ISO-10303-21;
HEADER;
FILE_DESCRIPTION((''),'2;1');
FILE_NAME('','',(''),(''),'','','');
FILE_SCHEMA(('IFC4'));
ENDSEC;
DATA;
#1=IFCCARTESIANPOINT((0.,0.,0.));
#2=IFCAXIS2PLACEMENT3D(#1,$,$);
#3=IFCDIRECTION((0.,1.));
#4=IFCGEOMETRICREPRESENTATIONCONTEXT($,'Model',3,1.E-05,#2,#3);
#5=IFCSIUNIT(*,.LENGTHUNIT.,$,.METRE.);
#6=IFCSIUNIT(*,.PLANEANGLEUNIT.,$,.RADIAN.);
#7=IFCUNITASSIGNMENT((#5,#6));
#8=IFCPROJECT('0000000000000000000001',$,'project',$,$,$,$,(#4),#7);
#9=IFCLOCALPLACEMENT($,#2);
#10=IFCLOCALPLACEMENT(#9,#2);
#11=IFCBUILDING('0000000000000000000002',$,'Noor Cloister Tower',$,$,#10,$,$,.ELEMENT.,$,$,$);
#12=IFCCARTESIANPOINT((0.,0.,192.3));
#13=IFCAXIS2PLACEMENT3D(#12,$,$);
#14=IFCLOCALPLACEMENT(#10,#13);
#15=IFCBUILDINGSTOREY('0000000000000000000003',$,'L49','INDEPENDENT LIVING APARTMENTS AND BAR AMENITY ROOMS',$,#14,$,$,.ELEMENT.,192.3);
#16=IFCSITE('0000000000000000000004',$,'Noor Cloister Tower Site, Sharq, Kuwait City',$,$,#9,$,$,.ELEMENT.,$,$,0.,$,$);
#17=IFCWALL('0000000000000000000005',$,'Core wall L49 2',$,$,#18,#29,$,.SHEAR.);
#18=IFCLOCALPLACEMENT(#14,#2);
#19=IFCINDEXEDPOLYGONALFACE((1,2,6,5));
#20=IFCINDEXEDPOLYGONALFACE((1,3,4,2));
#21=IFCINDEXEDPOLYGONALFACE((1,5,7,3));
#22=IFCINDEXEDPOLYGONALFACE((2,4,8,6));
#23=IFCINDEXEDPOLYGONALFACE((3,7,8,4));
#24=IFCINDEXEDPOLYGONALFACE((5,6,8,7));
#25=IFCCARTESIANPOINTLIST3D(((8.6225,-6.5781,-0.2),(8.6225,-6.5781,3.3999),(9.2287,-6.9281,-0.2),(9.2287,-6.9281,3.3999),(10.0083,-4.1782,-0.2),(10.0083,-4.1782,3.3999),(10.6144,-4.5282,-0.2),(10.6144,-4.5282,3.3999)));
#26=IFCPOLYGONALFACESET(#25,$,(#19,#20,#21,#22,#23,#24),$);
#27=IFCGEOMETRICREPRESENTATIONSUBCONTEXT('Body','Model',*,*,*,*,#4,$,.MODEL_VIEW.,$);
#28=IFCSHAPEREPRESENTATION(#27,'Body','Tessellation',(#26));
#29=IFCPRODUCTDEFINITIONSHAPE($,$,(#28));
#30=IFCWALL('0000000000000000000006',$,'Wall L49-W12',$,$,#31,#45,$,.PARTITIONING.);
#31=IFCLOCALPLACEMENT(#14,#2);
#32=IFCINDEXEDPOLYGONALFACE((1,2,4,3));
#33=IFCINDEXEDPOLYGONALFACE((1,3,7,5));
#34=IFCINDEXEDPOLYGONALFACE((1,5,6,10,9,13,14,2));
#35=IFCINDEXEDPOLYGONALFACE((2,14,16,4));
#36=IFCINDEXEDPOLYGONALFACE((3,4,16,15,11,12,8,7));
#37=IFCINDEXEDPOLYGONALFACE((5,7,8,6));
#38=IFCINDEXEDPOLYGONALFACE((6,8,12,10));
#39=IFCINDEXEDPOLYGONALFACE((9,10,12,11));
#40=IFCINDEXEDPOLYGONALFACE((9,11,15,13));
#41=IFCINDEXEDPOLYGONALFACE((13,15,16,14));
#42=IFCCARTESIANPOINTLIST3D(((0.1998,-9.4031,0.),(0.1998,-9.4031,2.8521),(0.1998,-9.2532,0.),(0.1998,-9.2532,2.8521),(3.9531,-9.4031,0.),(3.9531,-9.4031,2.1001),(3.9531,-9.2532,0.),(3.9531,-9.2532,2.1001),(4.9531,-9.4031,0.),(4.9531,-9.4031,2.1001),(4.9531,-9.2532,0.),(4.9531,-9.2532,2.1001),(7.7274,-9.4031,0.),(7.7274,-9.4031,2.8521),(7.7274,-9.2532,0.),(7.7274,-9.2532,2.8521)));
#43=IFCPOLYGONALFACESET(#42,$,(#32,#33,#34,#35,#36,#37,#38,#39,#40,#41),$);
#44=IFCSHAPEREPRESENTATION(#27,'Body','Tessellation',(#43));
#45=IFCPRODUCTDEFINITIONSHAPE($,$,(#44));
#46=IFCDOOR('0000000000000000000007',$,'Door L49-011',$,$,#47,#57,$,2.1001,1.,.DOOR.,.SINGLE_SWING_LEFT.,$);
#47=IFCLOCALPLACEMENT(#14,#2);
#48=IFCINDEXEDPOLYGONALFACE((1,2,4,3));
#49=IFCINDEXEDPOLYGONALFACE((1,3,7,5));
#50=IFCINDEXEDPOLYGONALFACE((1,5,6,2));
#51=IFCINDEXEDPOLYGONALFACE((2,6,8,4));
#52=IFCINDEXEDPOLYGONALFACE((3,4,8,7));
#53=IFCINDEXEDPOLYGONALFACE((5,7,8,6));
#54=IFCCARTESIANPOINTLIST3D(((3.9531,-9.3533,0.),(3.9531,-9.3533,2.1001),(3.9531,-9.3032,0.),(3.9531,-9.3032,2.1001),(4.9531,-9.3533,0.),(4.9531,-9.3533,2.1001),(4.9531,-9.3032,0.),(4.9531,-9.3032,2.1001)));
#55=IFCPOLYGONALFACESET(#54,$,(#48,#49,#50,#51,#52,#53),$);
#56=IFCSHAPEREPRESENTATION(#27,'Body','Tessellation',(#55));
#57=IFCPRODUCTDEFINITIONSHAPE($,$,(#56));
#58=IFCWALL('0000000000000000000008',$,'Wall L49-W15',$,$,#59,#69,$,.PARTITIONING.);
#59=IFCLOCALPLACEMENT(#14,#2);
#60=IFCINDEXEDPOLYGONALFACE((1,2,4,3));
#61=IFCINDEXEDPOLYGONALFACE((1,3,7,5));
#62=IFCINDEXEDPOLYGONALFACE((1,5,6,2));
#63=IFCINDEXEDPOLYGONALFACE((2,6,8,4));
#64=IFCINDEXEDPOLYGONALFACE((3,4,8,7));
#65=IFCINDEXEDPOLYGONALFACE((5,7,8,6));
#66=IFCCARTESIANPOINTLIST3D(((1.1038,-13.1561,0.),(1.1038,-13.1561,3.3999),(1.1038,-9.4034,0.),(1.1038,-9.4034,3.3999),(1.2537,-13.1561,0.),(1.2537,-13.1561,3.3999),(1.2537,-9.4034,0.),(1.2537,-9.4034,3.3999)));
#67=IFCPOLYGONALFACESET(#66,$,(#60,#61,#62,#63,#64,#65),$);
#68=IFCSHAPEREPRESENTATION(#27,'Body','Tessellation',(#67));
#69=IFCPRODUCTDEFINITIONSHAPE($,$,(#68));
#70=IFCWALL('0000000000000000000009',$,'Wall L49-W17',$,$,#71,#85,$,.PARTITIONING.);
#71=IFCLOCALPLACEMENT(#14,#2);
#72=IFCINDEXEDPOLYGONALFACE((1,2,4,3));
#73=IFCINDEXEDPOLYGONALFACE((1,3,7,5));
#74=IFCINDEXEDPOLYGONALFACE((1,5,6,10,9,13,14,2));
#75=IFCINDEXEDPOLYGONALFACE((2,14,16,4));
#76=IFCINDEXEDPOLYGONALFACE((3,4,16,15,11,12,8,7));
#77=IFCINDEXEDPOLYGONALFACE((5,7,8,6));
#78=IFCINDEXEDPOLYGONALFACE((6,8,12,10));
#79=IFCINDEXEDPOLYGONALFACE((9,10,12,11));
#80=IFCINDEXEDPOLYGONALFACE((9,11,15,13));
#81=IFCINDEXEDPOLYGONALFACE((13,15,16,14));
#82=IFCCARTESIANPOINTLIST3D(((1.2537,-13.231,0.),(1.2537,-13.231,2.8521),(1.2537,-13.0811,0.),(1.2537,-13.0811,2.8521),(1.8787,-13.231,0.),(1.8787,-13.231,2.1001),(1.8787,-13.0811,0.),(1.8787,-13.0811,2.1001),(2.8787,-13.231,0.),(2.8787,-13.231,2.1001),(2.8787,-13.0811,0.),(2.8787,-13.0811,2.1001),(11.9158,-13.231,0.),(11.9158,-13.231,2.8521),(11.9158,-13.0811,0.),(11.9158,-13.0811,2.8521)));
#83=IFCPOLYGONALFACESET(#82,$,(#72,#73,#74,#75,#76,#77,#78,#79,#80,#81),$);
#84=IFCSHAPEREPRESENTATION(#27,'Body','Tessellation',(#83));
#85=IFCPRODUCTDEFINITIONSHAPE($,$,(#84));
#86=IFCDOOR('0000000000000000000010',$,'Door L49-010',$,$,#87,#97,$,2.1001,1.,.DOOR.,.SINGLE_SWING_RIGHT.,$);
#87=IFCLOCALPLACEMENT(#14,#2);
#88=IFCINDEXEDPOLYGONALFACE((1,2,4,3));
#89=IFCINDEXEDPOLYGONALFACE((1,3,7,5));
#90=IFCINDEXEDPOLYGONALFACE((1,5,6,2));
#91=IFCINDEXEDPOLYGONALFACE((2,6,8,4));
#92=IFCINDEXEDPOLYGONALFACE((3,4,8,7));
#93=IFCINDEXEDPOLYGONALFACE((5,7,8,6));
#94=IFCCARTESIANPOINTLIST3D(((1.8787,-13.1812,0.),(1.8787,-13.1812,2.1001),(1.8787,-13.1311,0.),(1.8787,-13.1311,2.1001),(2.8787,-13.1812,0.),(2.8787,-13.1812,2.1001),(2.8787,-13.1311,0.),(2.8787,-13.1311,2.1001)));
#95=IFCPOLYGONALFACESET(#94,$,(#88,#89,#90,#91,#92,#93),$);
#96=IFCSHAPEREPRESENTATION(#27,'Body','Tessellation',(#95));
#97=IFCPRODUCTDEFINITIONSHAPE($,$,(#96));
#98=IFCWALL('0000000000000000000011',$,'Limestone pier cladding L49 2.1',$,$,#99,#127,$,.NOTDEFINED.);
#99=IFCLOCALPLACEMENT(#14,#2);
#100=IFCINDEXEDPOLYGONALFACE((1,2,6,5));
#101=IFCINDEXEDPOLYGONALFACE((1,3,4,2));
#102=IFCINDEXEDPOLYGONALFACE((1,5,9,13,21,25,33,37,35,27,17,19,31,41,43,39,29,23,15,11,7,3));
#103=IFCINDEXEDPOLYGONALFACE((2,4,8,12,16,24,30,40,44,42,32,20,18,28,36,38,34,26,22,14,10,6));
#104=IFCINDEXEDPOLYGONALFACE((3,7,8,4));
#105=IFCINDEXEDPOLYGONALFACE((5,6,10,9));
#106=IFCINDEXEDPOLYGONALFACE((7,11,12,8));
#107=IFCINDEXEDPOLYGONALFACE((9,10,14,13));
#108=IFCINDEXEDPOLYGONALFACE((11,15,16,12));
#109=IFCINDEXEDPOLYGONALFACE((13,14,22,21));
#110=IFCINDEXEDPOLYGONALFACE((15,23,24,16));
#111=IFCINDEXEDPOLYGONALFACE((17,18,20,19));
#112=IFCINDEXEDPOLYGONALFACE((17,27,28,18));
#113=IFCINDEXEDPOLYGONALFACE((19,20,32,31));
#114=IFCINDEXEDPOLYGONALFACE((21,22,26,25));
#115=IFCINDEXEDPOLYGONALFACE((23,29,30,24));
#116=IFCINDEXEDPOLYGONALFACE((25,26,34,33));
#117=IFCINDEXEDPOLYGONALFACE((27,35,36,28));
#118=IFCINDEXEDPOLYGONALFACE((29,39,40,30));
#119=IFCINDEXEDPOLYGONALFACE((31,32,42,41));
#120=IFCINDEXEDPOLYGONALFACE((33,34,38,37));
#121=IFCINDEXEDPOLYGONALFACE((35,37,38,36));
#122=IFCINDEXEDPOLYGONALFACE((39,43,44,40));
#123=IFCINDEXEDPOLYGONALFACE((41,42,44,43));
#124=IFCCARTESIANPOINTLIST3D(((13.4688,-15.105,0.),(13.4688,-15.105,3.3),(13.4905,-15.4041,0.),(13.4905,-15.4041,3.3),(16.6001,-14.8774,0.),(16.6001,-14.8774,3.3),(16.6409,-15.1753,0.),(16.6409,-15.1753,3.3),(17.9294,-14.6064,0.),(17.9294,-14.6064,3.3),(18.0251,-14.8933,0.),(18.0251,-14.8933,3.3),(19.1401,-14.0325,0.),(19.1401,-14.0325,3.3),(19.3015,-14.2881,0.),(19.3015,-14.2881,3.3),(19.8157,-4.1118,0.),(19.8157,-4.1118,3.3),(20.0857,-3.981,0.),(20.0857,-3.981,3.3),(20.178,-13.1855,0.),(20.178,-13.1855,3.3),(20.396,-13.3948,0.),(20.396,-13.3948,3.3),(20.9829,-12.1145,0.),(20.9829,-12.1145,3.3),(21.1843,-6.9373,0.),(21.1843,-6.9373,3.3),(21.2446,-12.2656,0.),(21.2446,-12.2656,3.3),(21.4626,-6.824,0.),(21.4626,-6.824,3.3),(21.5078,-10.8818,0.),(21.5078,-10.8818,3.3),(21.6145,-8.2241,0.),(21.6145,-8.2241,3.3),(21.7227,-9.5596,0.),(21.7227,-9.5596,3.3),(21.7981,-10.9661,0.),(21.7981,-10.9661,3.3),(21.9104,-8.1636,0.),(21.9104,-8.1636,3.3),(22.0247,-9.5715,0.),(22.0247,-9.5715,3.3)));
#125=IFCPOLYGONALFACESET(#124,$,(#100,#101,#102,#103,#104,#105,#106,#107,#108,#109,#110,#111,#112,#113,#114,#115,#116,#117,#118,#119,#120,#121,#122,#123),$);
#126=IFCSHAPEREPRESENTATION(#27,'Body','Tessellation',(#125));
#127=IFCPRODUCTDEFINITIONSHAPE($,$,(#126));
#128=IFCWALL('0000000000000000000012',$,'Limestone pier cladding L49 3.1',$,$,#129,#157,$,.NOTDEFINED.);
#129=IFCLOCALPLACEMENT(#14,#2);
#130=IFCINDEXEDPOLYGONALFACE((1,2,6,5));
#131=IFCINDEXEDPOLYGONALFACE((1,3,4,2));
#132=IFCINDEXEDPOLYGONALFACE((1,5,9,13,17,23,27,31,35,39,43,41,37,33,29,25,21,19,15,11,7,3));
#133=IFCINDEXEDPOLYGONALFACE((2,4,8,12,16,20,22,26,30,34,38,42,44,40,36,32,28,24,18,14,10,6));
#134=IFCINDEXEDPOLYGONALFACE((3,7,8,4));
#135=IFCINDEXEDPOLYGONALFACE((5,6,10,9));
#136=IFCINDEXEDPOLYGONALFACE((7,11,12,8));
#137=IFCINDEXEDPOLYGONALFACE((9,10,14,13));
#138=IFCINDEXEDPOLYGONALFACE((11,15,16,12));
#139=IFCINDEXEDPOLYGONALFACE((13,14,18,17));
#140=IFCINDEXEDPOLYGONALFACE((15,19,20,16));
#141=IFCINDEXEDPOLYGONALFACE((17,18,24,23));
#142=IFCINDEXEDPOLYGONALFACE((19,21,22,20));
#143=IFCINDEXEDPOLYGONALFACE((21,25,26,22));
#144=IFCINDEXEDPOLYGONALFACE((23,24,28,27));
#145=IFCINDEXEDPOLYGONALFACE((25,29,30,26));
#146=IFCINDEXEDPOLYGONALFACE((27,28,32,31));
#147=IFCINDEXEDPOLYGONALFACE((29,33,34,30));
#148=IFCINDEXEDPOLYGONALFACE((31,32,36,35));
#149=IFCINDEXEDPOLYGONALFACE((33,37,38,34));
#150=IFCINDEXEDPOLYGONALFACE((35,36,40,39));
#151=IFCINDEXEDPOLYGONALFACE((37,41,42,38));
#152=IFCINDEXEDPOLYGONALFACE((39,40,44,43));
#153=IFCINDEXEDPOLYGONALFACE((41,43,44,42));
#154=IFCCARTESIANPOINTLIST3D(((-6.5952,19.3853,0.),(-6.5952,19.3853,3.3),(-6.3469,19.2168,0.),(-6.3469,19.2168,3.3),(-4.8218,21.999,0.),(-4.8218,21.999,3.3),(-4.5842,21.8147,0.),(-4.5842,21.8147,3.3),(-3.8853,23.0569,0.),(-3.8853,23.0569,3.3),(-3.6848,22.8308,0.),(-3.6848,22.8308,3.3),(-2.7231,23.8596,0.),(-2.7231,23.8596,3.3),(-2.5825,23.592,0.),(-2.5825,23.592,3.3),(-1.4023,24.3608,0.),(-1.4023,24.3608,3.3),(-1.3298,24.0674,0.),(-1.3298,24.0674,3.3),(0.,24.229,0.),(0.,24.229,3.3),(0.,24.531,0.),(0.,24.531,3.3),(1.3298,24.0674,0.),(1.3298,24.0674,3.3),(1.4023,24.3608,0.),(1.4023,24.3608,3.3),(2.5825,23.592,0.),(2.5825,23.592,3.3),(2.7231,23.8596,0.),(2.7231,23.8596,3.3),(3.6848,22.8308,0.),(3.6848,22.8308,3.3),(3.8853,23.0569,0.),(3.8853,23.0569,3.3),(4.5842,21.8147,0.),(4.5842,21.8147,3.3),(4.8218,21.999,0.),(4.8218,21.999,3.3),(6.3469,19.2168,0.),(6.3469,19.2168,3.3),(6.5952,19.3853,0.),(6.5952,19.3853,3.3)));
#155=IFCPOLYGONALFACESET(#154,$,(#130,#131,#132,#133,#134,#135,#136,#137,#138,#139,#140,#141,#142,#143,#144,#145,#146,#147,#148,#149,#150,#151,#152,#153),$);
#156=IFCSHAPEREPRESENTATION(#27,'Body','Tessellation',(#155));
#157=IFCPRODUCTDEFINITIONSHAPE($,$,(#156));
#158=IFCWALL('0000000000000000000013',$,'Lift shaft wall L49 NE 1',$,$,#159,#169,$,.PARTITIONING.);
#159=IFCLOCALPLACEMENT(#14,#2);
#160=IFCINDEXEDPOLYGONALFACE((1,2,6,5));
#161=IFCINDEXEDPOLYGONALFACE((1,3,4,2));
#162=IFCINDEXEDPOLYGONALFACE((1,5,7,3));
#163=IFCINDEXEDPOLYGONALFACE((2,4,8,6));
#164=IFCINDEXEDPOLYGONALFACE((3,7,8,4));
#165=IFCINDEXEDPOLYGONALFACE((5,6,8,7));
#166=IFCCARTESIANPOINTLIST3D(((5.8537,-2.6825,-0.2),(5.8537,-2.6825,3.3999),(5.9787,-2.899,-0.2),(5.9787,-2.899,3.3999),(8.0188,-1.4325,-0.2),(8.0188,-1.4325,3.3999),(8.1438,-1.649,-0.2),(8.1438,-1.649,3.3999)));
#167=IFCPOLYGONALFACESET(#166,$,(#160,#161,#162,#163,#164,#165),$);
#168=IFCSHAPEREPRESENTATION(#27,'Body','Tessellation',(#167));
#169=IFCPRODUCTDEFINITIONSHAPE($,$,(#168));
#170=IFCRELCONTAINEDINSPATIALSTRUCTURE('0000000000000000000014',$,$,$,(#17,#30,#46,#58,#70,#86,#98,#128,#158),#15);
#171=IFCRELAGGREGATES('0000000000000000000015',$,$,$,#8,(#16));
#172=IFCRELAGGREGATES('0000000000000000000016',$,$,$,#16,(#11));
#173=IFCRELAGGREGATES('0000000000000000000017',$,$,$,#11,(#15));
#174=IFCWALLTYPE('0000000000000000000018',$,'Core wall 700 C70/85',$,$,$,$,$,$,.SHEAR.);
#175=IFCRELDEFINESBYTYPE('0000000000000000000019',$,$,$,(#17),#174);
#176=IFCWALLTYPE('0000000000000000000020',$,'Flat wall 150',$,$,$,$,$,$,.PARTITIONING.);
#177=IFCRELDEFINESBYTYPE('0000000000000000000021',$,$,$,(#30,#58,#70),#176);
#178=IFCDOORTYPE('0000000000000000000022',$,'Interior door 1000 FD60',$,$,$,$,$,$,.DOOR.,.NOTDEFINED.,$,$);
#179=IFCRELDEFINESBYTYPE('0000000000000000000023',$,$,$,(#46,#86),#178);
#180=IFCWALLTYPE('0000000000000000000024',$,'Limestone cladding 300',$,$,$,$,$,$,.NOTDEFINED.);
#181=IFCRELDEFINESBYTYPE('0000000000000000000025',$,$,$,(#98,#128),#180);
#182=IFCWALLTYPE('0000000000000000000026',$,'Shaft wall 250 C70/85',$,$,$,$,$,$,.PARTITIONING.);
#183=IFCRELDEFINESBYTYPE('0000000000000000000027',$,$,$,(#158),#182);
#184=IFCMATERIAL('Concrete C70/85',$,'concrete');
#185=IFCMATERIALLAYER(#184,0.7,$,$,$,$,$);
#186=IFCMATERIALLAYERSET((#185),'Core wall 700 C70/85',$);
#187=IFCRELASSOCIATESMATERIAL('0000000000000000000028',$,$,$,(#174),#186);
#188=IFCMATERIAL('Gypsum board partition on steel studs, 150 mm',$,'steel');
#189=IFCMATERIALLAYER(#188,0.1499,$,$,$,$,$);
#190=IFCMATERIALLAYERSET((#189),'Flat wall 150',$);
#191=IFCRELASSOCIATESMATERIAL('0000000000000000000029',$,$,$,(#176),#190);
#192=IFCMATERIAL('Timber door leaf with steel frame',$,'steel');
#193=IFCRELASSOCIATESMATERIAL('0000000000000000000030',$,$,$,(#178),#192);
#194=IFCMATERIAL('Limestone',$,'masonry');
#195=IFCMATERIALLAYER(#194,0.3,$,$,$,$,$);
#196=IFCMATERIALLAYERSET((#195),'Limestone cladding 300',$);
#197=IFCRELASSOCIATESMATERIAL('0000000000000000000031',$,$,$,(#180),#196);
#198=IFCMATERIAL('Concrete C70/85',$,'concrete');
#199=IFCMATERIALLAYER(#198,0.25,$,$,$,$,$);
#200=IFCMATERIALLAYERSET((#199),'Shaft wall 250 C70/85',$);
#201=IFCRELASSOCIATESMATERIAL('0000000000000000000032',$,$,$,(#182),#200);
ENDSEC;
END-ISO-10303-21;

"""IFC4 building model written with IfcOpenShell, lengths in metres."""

from ifc_helpers import new_model, si_unit, direction, frame, frame_2d, origin, place, context, subcontext, project, spatial, polyline, rectangle, outline, extrude, material, layer, layer_set, type_object, element, fill, save


model = new_model("IFC4")

# Units and contexts
model_context = context("Model", 3, precision=1e-05, world=origin(), true_north=direction((0.0, 1.0)))
body_context = subcontext(model_context, "Body", "Model", "MODEL_VIEW")
ifc_project = project(units=[si_unit("LENGTHUNIT", "METRE"), si_unit("PLANEANGLEUNIT", "RADIAN")], contexts=[model_context])

# Site, building, storey
site_placement = place(None, origin())
site = spatial("IfcSite", under=ifc_project, at=site_placement, Name="Noor Cloister Tower Site, Sharq, Kuwait City", CompositionType="ELEMENT", RefElevation=0.0)
building_placement = place(site_placement, origin())
building = spatial("IfcBuilding", under=site, at=building_placement, Name="Noor Cloister Tower", CompositionType="ELEMENT")
storey_placement = place(building_placement, frame((0.0, 0.0, 192.3)))
storey = spatial("IfcBuildingStorey", under=building, at=storey_placement, Name="L49", Description="INDEPENDENT LIVING APARTMENTS AND BAR AMENITY ROOMS", CompositionType="ELEMENT", Elevation=192.3)

# Wall
ifc_material_1 = material(Name="Concrete C70/85", Category="concrete")
ifc_layer_1 = layer(ifc_material_1, 0.7)
ifc_layer_set_1 = layer_set([ifc_layer_1], Name="Core wall 700 C70/85")
wall_type_1 = type_object("IfcWallType", Name="Core wall 700 C70/85", PredefinedType="SHEAR", material=ifc_layer_set_1)
wall_1_placement = place(storey_placement, frame((8.9255, -6.7532, -0.2), z_axis=(0.0, 0.0, 1.0), x_axis=(0.500043, 0.866001, 0.0)))
element("IfcWall", 1, at=wall_1_placement, inside=storey, type_object=wall_type_1, Name="Core wall L49 2", PredefinedType="SHEAR", context=body_context, shape_type="SweptSolid", body=[
    extrude(rectangle(XDim=2.7712, YDim=0.7, at=frame_2d((1.3857, 0.0))), origin(), (0.0, 0.0, 1.0), 3.5999),
])

# Wall, opening, door
ifc_material_2 = material(Name="Gypsum board partition on steel studs, 150 mm", Category="steel")
ifc_layer_2 = layer(ifc_material_2, 0.1499)
ifc_layer_set_2 = layer_set([ifc_layer_2], Name="Flat wall 150")
wall_type_2 = type_object("IfcWallType", Name="Flat wall 150", PredefinedType="PARTITIONING", material=ifc_layer_set_2)
wall_2_placement = place(storey_placement, frame((0.2, -9.3281, 0.0), z_axis=(0.0, 0.0, 1.0), x_axis=(1.0, 0.0, 0.0)))
wall_2 = element("IfcWall", 2, at=wall_2_placement, inside=storey, type_object=wall_type_2, Name="Wall L49-W12", PredefinedType="PARTITIONING", context=body_context, shape_type="SweptSolid", body=[
    extrude(rectangle(XDim=7.5276, YDim=0.1499, at=frame_2d((3.7637, 0.0))), origin(), (0.0, 0.0, 1.0), 2.8521),
])
opening_1_placement = place(wall_2_placement, frame((3.7532, 0.0, 0.0)))
opening_1 = element("IfcOpeningElement", 3, at=opening_1_placement, cuts=wall_2, PredefinedType="OPENING", context=body_context, shape_type="SweptSolid", body=[
    extrude(rectangle(XDim=1.0, YDim=2.1001, at=frame_2d((0.5, 1.05))), frame((0.0, 0.085, 0.0), z_axis=(0.0, -1.0, 0.0), x_axis=(1.0, 0.0, 0.0)), (0.0, 0.0, 1.0), 0.1699),
])
ifc_material_3 = material(Name="Timber door leaf with steel frame", Category="steel")
door_type_1 = type_object("IfcDoorType", Name="Interior door 1000 FD60", OperationType="NOTDEFINED", PredefinedType="DOOR", material=ifc_material_3)
door_1_placement = place(opening_1_placement, origin())
door_1 = element("IfcDoor", 4, at=door_1_placement, inside=storey, type_object=door_type_1, Name="Door L49-011", OperationType="SINGLE_SWING_LEFT", OverallHeight=2.1001, OverallWidth=1.0, PredefinedType="DOOR", context=body_context, shape_type="SweptSolid", body=[
    extrude(rectangle(XDim=1.0, YDim=2.1001, at=frame_2d((0.5, 1.05))), frame((0.0, 0.0249, 0.0), z_axis=(0.0, -1.0, 0.0), x_axis=(1.0, 0.0, 0.0)), (0.0, 0.0, 1.0), 0.05),
])
fill(opening_1, door_1)

# Wall
wall_3_placement = place(storey_placement, frame((1.1787, -9.4033, 0.0), z_axis=(0.0, 0.0, 1.0), x_axis=(0.0, -1.0, 0.0)))
element("IfcWall", 5, at=wall_3_placement, inside=storey, type_object=wall_type_2, Name="Wall L49-W15", PredefinedType="PARTITIONING", context=body_context, shape_type="SweptSolid", body=[
    extrude(rectangle(XDim=3.7527, YDim=0.1499, at=frame_2d((1.8765, 0.0))), origin(), (0.0, 0.0, 1.0), 3.3999),
])

# Wall, opening, door
wall_4_placement = place(storey_placement, frame((1.2537, -13.156, 0.0), z_axis=(0.0, 0.0, 1.0), x_axis=(1.0, 0.0, 0.0)))
wall_4 = element("IfcWall", 6, at=wall_4_placement, inside=storey, type_object=wall_type_2, Name="Wall L49-W17", PredefinedType="PARTITIONING", context=body_context, shape_type="SweptSolid", body=[
    extrude(rectangle(XDim=10.6621, YDim=0.1499, at=frame_2d((5.3311, 0.0))), origin(), (0.0, 0.0, 1.0), 2.8521),
])
opening_2_placement = place(wall_4_placement, frame((0.625, 0.0, 0.0)))
opening_2 = element("IfcOpeningElement", 7, at=opening_2_placement, cuts=wall_4, PredefinedType="OPENING", context=body_context, shape_type="SweptSolid", body=[
    extrude(rectangle(XDim=1.0, YDim=2.1001, at=frame_2d((0.5, 1.05))), frame((0.0, 0.085, 0.0), z_axis=(0.0, -1.0, 0.0), x_axis=(1.0, 0.0, 0.0)), (0.0, 0.0, 1.0), 0.1699),
])
door_2_placement = place(opening_2_placement, origin())
door_2 = element("IfcDoor", 8, at=door_2_placement, inside=storey, type_object=door_type_1, Name="Door L49-010", OperationType="SINGLE_SWING_RIGHT", OverallHeight=2.1001, OverallWidth=1.0, PredefinedType="DOOR", context=body_context, shape_type="SweptSolid", body=[
    extrude(rectangle(XDim=1.0, YDim=2.1001, at=frame_2d((0.5, 1.05))), frame((0.0, 0.0249, 0.0), z_axis=(0.0, -1.0, 0.0), x_axis=(1.0, 0.0, 0.0)), (0.0, 0.0, 1.0), 0.05),
])
fill(opening_2, door_2)

# Walls
ifc_material_4 = material(Name="Limestone", Category="masonry")
ifc_layer_3 = layer(ifc_material_4, 0.3)
ifc_layer_set_3 = layer_set([ifc_layer_3], Name="Limestone cladding 300")
wall_type_3 = type_object("IfcWallType", Name="Limestone cladding 300", PredefinedType="NOTDEFINED", material=ifc_layer_set_3)
wall_5_placement = place(storey_placement, origin())
element("IfcWall", 9, at=wall_5_placement, inside=storey, type_object=wall_type_3, Name="Limestone pier cladding L49 2.1", PredefinedType="NOTDEFINED", context=body_context, shape_type="SweptSolid", body=[
    extrude(outline(polyline([(13.4905, -15.4041), (16.6409, -15.1753), (18.0251, -14.8933), (19.3015, -14.2881), (20.396, -13.3948), (21.2446, -12.2656), (21.7981, -10.9661), (22.0247, -9.5715), (21.9104, -8.1636), (21.4626, -6.824), (20.0857, -3.981), (19.8157, -4.1118), (21.1843, -6.9373), (21.6145, -8.2241), (21.7227, -9.5596), (21.5078, -10.8818), (20.9829, -12.1145), (20.178, -13.1855), (19.1401, -14.0325), (17.9294, -14.6064), (16.6001, -14.8774), (13.4688, -15.105), (13.4905, -15.4041)])), origin(), (0.0, 0.0, 1.0), 3.3),
])
wall_6_placement = place(storey_placement, origin())
element("IfcWall", 10, at=wall_6_placement, inside=storey, type_object=wall_type_3, Name="Limestone pier cladding L49 3.1", PredefinedType="NOTDEFINED", context=body_context, shape_type="SweptSolid", body=[
    extrude(outline(polyline([(6.5952, 19.3853), (4.8218, 21.999), (3.8853, 23.0569), (2.7231, 23.8596), (1.4023, 24.3608), (0.0, 24.531), (-1.4023, 24.3608), (-2.7231, 23.8596), (-3.8853, 23.0569), (-4.8218, 21.999), (-6.5952, 19.3853), (-6.3469, 19.2168), (-4.5842, 21.8147), (-3.6848, 22.8308), (-2.5825, 23.592), (-1.3298, 24.0674), (0.0, 24.229), (1.3298, 24.0674), (2.5825, 23.592), (3.6848, 22.8308), (4.5842, 21.8147), (6.3469, 19.2168), (6.5952, 19.3853)])), origin(), (0.0, 0.0, 1.0), 3.3),
])
ifc_material_5 = material(Name="Concrete C70/85", Category="concrete")
ifc_layer_4 = layer(ifc_material_5, 0.25)
ifc_layer_set_4 = layer_set([ifc_layer_4], Name="Shaft wall 250 C70/85")
wall_type_4 = type_object("IfcWallType", Name="Shaft wall 250 C70/85", PredefinedType="PARTITIONING", material=ifc_layer_set_4)
wall_7_placement = place(storey_placement, frame((8.0813, -1.5408, -0.2), z_axis=(0.0, 0.0, 1.0), x_axis=(-0.866023, -0.500004, 0.0)))
element("IfcWall", 11, at=wall_7_placement, inside=storey, type_object=wall_type_4, Name="Lift shaft wall L49 NE 1", PredefinedType="PARTITIONING", context=body_context, shape_type="SweptSolid", body=[
    extrude(rectangle(XDim=2.5, YDim=0.25, at=frame_2d((1.25, 0.0))), origin(), (0.0, 0.0, 1.0), 3.5999),
])

save(model, "model.ifc")
